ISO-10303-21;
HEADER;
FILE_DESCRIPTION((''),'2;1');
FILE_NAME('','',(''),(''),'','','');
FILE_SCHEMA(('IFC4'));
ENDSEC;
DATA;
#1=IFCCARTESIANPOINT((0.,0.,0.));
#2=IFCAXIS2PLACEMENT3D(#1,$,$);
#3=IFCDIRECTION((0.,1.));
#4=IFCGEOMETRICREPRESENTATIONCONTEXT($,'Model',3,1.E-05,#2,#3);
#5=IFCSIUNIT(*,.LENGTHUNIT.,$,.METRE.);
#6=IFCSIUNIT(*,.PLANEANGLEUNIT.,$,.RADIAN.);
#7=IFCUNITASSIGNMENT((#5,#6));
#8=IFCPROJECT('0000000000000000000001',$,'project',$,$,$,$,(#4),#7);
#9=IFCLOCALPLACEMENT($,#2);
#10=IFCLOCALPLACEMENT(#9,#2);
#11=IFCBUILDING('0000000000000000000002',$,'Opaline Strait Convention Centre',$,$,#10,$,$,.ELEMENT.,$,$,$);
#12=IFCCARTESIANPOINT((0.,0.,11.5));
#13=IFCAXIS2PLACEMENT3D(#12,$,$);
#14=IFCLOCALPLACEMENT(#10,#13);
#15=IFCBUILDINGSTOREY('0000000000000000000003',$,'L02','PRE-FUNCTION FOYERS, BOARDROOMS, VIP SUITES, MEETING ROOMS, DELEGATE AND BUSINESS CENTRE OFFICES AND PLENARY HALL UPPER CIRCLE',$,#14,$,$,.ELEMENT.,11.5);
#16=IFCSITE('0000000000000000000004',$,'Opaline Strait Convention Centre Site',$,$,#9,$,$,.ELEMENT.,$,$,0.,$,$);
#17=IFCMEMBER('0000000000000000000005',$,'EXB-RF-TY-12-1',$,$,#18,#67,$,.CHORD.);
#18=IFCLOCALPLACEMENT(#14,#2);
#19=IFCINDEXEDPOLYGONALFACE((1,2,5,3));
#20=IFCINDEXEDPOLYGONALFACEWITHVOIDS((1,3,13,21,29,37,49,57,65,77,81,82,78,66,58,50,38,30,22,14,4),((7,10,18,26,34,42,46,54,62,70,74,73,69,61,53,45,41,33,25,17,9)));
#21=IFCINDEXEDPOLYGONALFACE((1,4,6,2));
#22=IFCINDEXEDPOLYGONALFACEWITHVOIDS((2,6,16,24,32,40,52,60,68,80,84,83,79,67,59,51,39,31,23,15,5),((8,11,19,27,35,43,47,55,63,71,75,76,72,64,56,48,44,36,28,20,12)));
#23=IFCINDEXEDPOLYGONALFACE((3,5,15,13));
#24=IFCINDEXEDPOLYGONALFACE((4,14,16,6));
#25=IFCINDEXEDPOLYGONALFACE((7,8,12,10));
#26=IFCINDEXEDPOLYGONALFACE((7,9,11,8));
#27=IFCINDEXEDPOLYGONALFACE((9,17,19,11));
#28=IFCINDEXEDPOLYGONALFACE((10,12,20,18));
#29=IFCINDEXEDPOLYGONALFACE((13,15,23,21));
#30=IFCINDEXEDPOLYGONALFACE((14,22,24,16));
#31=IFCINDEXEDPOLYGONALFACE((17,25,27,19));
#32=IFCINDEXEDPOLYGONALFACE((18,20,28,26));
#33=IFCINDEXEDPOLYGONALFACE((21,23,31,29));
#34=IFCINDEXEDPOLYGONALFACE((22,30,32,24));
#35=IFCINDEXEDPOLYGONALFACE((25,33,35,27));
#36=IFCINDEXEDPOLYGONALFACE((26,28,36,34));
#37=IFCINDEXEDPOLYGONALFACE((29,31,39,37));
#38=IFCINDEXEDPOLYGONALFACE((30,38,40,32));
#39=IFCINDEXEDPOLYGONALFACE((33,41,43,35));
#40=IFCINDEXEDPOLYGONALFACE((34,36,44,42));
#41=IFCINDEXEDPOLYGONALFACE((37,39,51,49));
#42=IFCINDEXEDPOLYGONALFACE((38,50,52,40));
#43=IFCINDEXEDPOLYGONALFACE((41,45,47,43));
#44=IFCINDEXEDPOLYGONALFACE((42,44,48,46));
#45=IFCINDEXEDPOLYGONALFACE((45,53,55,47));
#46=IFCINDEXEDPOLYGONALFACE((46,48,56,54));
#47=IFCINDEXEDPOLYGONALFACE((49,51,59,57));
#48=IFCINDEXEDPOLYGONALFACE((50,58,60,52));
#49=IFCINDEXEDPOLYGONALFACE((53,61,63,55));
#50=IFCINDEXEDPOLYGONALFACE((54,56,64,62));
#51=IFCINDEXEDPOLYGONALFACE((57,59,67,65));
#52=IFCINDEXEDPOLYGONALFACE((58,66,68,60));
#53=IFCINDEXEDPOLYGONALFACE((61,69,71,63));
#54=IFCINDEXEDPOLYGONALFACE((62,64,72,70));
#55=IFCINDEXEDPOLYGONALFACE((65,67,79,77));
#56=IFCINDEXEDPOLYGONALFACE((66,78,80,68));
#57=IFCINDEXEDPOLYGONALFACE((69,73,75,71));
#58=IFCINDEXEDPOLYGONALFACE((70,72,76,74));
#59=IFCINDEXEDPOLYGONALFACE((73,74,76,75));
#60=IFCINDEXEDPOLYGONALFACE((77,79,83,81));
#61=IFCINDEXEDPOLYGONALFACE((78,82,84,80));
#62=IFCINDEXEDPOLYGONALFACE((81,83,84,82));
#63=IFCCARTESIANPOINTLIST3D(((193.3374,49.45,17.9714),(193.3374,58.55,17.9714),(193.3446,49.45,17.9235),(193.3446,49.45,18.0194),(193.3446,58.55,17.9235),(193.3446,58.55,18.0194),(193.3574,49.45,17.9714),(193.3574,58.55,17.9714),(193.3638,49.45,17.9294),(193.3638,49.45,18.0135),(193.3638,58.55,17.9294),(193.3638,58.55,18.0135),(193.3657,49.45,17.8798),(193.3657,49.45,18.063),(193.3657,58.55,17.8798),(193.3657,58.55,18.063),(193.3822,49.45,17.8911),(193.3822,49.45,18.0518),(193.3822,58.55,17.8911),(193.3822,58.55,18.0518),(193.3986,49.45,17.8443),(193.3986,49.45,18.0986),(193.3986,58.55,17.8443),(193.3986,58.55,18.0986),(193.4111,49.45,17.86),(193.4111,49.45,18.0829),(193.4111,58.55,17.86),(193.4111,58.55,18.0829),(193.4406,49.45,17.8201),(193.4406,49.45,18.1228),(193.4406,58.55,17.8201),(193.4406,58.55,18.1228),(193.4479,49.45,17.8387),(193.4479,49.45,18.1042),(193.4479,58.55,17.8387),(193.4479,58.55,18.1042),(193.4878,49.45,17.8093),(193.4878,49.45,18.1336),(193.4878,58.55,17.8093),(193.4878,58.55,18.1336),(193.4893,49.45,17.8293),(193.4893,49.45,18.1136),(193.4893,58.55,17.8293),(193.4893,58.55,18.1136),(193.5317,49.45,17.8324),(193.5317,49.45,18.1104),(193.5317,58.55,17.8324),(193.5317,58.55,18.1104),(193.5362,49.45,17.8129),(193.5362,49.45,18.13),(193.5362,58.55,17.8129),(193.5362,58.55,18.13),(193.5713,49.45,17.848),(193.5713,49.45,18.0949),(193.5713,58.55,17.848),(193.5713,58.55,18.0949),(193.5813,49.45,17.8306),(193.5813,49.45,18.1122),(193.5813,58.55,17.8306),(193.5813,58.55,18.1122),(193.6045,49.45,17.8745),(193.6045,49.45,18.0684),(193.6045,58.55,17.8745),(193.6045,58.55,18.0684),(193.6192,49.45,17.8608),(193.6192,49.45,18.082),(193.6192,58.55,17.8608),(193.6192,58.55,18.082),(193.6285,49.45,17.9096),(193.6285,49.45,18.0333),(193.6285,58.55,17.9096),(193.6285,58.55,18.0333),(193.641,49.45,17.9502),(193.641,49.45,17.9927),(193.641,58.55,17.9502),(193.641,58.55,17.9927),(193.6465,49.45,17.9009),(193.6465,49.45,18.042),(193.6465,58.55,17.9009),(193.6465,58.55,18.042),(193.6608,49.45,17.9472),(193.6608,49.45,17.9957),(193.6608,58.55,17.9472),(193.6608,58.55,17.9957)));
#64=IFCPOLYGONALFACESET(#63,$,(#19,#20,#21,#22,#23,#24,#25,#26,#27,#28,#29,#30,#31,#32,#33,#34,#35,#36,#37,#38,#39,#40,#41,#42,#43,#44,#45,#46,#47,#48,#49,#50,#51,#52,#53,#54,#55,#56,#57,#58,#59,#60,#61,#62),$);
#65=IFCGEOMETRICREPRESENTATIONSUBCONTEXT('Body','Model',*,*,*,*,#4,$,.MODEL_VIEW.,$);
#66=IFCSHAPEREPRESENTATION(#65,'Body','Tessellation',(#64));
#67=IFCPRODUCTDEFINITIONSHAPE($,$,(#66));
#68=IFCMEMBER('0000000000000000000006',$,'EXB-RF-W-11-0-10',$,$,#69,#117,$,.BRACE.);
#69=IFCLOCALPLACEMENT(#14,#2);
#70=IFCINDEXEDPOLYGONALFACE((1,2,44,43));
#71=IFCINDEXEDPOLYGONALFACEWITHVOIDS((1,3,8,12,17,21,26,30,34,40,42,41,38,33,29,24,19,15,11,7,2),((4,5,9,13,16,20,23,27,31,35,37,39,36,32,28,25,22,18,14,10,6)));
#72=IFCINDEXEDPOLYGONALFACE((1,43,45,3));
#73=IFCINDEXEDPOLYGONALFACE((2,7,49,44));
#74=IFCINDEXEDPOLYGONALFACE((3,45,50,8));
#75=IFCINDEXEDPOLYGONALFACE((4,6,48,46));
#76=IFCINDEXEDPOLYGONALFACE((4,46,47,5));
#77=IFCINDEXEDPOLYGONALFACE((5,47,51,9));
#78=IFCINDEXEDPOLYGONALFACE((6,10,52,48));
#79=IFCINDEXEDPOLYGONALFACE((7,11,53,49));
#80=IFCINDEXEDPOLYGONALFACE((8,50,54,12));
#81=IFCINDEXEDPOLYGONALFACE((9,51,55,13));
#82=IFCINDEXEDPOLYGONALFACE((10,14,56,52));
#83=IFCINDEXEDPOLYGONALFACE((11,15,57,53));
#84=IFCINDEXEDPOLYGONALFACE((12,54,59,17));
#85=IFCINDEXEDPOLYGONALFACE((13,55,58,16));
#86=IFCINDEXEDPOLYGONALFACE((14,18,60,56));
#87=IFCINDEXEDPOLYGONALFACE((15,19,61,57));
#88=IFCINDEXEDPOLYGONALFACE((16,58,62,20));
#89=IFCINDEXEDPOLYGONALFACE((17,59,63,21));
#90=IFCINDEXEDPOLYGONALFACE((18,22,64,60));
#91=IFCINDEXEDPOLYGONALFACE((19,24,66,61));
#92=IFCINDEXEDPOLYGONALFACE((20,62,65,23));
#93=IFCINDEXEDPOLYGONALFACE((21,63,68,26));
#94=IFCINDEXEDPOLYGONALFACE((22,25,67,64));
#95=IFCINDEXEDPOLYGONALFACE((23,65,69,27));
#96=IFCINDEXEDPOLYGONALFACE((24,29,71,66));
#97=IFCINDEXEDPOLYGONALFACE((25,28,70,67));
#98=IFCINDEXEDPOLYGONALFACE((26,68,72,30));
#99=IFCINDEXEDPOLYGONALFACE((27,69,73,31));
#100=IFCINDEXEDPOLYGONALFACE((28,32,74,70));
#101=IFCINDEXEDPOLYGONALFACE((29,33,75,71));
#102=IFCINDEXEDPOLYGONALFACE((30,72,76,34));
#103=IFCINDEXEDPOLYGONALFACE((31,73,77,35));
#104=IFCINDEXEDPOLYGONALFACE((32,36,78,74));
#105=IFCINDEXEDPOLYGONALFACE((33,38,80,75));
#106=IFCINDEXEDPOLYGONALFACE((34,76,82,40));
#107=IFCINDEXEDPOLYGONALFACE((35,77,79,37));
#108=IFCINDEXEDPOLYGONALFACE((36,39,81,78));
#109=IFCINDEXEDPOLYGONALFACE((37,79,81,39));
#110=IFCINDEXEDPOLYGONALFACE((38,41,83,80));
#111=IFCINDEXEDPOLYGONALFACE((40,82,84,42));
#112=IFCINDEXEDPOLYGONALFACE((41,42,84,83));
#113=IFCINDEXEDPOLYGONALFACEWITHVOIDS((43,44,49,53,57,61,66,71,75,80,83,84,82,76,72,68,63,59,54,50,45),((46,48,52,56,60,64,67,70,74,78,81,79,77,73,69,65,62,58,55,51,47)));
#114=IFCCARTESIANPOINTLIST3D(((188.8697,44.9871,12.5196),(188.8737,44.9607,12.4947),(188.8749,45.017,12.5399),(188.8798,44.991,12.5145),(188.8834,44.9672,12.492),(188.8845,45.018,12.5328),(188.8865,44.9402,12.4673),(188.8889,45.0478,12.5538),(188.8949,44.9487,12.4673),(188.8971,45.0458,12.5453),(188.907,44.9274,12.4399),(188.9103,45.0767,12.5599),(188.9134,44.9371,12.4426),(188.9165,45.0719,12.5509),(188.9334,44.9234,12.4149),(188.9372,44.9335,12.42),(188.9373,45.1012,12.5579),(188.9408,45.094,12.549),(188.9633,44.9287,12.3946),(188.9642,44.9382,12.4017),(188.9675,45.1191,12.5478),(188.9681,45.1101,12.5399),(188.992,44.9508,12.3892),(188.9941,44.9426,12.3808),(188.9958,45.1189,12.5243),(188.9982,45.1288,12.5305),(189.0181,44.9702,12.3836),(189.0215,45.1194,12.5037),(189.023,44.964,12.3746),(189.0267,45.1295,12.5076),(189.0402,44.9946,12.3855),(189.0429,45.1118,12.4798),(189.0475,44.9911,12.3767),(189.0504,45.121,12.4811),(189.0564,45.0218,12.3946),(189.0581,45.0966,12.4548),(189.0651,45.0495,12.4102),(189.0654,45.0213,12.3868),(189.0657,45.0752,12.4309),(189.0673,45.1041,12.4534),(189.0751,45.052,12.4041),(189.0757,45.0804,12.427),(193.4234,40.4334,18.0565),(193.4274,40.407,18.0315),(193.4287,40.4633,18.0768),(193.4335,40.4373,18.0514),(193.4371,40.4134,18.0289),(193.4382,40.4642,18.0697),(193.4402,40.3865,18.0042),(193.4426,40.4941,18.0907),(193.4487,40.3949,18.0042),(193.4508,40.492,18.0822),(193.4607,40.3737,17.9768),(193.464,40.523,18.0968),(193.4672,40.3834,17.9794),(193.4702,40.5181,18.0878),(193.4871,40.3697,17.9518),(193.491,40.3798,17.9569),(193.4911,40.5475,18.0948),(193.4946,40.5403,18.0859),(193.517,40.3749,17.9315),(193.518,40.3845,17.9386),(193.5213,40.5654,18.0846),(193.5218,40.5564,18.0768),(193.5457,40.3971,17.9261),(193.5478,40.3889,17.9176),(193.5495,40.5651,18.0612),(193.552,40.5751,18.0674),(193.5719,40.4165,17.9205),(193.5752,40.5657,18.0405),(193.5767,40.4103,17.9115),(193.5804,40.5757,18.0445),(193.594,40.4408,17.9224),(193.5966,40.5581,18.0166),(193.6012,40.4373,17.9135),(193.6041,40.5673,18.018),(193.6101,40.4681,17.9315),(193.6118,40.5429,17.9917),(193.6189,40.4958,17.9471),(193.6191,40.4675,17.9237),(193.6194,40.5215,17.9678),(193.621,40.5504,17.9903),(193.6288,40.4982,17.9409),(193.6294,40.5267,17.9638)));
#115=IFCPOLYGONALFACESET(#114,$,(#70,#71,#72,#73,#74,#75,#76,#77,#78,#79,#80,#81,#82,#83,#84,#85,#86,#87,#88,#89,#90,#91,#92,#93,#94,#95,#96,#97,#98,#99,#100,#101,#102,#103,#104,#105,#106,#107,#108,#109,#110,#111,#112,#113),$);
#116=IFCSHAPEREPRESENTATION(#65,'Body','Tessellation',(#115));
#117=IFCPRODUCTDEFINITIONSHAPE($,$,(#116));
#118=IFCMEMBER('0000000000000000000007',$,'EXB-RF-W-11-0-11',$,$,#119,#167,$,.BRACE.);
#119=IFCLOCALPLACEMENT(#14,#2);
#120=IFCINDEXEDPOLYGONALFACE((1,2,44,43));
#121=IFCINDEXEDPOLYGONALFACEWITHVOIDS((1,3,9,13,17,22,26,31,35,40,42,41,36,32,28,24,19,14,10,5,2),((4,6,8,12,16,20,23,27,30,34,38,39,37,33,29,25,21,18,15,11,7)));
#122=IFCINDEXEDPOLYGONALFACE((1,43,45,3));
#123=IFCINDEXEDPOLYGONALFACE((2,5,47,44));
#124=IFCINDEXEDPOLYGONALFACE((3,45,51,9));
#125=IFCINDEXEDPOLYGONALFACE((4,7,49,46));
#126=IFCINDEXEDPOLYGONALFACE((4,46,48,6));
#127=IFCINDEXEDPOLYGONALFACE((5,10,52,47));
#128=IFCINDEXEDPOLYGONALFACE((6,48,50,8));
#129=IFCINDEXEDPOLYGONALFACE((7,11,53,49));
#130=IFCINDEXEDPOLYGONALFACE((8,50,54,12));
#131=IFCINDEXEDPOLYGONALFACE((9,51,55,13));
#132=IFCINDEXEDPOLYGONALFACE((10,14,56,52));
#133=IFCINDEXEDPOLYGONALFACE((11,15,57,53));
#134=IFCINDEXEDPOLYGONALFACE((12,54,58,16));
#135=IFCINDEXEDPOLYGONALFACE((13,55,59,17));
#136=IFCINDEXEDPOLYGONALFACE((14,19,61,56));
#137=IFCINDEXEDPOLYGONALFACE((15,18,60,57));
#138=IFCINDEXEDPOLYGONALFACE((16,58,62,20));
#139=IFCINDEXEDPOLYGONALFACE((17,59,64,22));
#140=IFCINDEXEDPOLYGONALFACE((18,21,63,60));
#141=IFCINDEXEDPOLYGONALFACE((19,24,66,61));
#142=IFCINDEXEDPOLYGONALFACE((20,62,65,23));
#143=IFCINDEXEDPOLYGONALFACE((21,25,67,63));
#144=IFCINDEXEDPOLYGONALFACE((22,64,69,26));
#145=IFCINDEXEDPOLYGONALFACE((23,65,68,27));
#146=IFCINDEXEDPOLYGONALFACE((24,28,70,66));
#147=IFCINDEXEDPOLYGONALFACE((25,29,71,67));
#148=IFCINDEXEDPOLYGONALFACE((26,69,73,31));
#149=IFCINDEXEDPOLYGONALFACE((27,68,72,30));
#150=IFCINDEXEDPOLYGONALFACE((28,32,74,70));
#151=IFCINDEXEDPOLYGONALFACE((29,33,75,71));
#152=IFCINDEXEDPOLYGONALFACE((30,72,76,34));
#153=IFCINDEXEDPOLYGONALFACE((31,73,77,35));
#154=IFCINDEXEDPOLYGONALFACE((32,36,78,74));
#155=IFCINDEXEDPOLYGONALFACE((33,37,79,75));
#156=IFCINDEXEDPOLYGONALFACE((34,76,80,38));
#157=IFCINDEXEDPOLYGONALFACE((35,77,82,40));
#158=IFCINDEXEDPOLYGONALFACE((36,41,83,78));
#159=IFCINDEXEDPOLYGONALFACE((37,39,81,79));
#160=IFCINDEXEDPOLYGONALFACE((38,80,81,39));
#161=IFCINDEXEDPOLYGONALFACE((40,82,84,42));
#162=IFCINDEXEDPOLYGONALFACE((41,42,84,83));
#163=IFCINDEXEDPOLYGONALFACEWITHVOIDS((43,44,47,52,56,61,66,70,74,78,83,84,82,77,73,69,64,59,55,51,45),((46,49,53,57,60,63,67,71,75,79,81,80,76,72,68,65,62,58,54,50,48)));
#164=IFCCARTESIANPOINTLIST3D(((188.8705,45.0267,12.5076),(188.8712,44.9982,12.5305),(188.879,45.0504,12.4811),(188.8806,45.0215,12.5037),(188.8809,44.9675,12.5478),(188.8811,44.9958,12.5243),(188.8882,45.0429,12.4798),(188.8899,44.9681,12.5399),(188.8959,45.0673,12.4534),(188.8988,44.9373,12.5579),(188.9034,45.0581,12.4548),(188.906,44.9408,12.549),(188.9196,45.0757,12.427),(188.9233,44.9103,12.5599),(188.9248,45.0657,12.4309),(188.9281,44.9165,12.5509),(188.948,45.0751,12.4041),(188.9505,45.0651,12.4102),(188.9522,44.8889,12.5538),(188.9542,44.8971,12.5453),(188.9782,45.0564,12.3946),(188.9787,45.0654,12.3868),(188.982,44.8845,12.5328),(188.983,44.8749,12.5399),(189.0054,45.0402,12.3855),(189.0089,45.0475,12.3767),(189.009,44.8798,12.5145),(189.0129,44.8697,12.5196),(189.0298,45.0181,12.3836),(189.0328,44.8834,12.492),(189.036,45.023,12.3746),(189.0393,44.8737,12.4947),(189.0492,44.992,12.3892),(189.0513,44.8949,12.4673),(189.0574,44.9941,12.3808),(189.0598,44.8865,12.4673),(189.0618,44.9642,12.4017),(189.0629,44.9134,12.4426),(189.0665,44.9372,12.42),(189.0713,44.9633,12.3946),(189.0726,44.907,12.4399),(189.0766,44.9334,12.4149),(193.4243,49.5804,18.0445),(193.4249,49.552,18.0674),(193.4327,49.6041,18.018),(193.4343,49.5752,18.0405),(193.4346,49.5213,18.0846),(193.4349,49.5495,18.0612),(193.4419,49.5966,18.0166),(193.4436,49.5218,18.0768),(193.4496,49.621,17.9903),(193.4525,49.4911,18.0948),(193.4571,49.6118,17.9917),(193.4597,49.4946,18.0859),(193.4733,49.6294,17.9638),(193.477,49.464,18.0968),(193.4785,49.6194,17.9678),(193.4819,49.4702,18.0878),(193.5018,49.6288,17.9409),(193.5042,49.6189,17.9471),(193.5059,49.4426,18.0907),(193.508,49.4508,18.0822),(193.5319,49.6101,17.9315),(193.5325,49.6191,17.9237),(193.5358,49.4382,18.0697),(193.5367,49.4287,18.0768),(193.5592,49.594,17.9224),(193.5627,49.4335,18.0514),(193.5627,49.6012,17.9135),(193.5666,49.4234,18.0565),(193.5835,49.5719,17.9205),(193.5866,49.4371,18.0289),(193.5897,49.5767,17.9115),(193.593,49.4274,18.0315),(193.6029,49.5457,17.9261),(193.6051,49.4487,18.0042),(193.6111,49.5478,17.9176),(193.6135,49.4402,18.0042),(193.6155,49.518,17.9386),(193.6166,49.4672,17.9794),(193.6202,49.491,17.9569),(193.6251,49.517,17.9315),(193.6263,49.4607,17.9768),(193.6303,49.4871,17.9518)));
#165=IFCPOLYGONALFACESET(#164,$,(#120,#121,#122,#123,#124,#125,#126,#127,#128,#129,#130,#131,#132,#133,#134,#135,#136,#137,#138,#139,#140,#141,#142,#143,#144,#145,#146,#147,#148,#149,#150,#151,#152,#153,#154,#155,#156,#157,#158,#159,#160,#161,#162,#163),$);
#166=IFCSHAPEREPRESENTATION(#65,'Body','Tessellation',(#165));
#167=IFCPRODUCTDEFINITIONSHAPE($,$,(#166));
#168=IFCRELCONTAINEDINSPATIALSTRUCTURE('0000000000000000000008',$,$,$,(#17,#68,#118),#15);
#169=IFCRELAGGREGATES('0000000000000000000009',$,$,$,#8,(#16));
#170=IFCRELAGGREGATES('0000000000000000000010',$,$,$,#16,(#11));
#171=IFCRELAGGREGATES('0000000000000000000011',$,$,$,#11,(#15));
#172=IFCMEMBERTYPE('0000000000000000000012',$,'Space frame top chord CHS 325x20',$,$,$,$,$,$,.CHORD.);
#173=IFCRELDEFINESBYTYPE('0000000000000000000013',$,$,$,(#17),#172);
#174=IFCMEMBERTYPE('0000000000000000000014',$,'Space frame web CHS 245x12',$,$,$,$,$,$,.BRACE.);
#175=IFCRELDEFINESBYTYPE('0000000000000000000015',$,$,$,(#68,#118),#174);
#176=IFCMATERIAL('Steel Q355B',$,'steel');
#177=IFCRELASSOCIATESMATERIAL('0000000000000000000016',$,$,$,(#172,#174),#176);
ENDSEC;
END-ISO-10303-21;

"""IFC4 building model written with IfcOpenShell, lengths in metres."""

from ifc_helpers import new_model, si_unit, direction, frame, origin, origin_2d, place, context, subcontext, project, spatial, hollow_circle, extrude, material, material_profile, profile_set, type_object, element, save


model = new_model("IFC4")

# Units and contexts
model_context = context("Model", 3, precision=1e-05, world=origin(), true_north=direction((0.0, 1.0)))
body_context = subcontext(model_context, "Body", "Model", "MODEL_VIEW")
ifc_project = project(units=[si_unit("LENGTHUNIT", "METRE"), si_unit("PLANEANGLEUNIT", "RADIAN")], contexts=[model_context])

# Site, building, storey
site_placement = place(None, origin())
site = spatial("IfcSite", under=ifc_project, at=site_placement, Name="Opaline Strait Convention Centre Site", CompositionType="ELEMENT", RefElevation=0.0)
building_placement = place(site_placement, origin())
building = spatial("IfcBuilding", under=site, at=building_placement, Name="Opaline Strait Convention Centre", CompositionType="ELEMENT")
storey_placement = place(building_placement, frame((0.0, 0.0, 11.5)))
storey = spatial("IfcBuildingStorey", under=building, at=storey_placement, Name="L02", Description="PRE-FUNCTION FOYERS, BOARDROOMS, VIP SUITES, MEETING ROOMS, DELEGATE AND BUSINESS CENTRE OFFICES AND PLENARY HALL UPPER CIRCLE", CompositionType="ELEMENT", Elevation=11.5)

# Members
ifc_material_1 = material(Name="Steel Q355B", Category="steel")
ifc_material_profile_1 = material_profile(ifc_material_1, hollow_circle(Radius=0.1626, WallThickness=0.02, at=origin_2d()), Name="CHS 325x20")
ifc_profile_set_1 = profile_set([ifc_material_profile_1], Name="Steel Q355B")
member_type_1 = type_object("IfcMemberType", Name="Space frame top chord CHS 325x20", PredefinedType="CHORD", material=ifc_profile_set_1)
for number, where, z_axis, x_axis, name in (
    (1, (193.5, 49.45, 17.9714), (0.0, 1.0, 0.0), (-1.0, 0.0, 0.0), "EXB-RF-TY-12-1"),
):
    element("IfcMember", number, at=place(storey_placement, frame(where, z_axis=z_axis, x_axis=x_axis)), inside=storey, type_object=member_type_1, Name=name, PredefinedType="CHORD", context=body_context, shape_type="SweptSolid", body=[
        extrude(hollow_circle(Radius=0.1626, WallThickness=0.02, at=origin_2d()), origin(), (0.0, 0.0, 1.0), 9.1001),
    ])
ifc_material_profile_2 = material_profile(ifc_material_1, hollow_circle(Radius=0.1226, WallThickness=0.012, at=origin_2d()), Name="CHS 245x12")
ifc_profile_set_2 = profile_set([ifc_material_profile_2], Name="Steel Q355B")
member_type_2 = type_object("IfcMemberType", Name="Space frame web CHS 245x12", PredefinedType="BRACE", material=ifc_profile_set_2)
for number, where, z_axis, x_axis, name in (
    (2, (193.5269, 40.4731, 18.0042), (-0.536178, 0.536178, -0.65194), (-0.707107, -0.707107, 0.0), "EXB-RF-W-11-0-10"),
    (3, (193.5269, 49.5269, 18.0042), (-0.536178, -0.536178, -0.65194), (0.707107, -0.707107, 0.0), "EXB-RF-W-11-0-11"),
):
    element("IfcMember", number, at=place(storey_placement, frame(where, z_axis=z_axis, x_axis=x_axis)), inside=storey, type_object=member_type_2, Name=name, PredefinedType="BRACE", context=body_context, shape_type="SweptSolid", body=[
        extrude(hollow_circle(Radius=0.1226, WallThickness=0.012, at=origin_2d()), origin(), (0.0, 0.0, 1.0), 8.4929),
    ])

save(model, "model.ifc")
